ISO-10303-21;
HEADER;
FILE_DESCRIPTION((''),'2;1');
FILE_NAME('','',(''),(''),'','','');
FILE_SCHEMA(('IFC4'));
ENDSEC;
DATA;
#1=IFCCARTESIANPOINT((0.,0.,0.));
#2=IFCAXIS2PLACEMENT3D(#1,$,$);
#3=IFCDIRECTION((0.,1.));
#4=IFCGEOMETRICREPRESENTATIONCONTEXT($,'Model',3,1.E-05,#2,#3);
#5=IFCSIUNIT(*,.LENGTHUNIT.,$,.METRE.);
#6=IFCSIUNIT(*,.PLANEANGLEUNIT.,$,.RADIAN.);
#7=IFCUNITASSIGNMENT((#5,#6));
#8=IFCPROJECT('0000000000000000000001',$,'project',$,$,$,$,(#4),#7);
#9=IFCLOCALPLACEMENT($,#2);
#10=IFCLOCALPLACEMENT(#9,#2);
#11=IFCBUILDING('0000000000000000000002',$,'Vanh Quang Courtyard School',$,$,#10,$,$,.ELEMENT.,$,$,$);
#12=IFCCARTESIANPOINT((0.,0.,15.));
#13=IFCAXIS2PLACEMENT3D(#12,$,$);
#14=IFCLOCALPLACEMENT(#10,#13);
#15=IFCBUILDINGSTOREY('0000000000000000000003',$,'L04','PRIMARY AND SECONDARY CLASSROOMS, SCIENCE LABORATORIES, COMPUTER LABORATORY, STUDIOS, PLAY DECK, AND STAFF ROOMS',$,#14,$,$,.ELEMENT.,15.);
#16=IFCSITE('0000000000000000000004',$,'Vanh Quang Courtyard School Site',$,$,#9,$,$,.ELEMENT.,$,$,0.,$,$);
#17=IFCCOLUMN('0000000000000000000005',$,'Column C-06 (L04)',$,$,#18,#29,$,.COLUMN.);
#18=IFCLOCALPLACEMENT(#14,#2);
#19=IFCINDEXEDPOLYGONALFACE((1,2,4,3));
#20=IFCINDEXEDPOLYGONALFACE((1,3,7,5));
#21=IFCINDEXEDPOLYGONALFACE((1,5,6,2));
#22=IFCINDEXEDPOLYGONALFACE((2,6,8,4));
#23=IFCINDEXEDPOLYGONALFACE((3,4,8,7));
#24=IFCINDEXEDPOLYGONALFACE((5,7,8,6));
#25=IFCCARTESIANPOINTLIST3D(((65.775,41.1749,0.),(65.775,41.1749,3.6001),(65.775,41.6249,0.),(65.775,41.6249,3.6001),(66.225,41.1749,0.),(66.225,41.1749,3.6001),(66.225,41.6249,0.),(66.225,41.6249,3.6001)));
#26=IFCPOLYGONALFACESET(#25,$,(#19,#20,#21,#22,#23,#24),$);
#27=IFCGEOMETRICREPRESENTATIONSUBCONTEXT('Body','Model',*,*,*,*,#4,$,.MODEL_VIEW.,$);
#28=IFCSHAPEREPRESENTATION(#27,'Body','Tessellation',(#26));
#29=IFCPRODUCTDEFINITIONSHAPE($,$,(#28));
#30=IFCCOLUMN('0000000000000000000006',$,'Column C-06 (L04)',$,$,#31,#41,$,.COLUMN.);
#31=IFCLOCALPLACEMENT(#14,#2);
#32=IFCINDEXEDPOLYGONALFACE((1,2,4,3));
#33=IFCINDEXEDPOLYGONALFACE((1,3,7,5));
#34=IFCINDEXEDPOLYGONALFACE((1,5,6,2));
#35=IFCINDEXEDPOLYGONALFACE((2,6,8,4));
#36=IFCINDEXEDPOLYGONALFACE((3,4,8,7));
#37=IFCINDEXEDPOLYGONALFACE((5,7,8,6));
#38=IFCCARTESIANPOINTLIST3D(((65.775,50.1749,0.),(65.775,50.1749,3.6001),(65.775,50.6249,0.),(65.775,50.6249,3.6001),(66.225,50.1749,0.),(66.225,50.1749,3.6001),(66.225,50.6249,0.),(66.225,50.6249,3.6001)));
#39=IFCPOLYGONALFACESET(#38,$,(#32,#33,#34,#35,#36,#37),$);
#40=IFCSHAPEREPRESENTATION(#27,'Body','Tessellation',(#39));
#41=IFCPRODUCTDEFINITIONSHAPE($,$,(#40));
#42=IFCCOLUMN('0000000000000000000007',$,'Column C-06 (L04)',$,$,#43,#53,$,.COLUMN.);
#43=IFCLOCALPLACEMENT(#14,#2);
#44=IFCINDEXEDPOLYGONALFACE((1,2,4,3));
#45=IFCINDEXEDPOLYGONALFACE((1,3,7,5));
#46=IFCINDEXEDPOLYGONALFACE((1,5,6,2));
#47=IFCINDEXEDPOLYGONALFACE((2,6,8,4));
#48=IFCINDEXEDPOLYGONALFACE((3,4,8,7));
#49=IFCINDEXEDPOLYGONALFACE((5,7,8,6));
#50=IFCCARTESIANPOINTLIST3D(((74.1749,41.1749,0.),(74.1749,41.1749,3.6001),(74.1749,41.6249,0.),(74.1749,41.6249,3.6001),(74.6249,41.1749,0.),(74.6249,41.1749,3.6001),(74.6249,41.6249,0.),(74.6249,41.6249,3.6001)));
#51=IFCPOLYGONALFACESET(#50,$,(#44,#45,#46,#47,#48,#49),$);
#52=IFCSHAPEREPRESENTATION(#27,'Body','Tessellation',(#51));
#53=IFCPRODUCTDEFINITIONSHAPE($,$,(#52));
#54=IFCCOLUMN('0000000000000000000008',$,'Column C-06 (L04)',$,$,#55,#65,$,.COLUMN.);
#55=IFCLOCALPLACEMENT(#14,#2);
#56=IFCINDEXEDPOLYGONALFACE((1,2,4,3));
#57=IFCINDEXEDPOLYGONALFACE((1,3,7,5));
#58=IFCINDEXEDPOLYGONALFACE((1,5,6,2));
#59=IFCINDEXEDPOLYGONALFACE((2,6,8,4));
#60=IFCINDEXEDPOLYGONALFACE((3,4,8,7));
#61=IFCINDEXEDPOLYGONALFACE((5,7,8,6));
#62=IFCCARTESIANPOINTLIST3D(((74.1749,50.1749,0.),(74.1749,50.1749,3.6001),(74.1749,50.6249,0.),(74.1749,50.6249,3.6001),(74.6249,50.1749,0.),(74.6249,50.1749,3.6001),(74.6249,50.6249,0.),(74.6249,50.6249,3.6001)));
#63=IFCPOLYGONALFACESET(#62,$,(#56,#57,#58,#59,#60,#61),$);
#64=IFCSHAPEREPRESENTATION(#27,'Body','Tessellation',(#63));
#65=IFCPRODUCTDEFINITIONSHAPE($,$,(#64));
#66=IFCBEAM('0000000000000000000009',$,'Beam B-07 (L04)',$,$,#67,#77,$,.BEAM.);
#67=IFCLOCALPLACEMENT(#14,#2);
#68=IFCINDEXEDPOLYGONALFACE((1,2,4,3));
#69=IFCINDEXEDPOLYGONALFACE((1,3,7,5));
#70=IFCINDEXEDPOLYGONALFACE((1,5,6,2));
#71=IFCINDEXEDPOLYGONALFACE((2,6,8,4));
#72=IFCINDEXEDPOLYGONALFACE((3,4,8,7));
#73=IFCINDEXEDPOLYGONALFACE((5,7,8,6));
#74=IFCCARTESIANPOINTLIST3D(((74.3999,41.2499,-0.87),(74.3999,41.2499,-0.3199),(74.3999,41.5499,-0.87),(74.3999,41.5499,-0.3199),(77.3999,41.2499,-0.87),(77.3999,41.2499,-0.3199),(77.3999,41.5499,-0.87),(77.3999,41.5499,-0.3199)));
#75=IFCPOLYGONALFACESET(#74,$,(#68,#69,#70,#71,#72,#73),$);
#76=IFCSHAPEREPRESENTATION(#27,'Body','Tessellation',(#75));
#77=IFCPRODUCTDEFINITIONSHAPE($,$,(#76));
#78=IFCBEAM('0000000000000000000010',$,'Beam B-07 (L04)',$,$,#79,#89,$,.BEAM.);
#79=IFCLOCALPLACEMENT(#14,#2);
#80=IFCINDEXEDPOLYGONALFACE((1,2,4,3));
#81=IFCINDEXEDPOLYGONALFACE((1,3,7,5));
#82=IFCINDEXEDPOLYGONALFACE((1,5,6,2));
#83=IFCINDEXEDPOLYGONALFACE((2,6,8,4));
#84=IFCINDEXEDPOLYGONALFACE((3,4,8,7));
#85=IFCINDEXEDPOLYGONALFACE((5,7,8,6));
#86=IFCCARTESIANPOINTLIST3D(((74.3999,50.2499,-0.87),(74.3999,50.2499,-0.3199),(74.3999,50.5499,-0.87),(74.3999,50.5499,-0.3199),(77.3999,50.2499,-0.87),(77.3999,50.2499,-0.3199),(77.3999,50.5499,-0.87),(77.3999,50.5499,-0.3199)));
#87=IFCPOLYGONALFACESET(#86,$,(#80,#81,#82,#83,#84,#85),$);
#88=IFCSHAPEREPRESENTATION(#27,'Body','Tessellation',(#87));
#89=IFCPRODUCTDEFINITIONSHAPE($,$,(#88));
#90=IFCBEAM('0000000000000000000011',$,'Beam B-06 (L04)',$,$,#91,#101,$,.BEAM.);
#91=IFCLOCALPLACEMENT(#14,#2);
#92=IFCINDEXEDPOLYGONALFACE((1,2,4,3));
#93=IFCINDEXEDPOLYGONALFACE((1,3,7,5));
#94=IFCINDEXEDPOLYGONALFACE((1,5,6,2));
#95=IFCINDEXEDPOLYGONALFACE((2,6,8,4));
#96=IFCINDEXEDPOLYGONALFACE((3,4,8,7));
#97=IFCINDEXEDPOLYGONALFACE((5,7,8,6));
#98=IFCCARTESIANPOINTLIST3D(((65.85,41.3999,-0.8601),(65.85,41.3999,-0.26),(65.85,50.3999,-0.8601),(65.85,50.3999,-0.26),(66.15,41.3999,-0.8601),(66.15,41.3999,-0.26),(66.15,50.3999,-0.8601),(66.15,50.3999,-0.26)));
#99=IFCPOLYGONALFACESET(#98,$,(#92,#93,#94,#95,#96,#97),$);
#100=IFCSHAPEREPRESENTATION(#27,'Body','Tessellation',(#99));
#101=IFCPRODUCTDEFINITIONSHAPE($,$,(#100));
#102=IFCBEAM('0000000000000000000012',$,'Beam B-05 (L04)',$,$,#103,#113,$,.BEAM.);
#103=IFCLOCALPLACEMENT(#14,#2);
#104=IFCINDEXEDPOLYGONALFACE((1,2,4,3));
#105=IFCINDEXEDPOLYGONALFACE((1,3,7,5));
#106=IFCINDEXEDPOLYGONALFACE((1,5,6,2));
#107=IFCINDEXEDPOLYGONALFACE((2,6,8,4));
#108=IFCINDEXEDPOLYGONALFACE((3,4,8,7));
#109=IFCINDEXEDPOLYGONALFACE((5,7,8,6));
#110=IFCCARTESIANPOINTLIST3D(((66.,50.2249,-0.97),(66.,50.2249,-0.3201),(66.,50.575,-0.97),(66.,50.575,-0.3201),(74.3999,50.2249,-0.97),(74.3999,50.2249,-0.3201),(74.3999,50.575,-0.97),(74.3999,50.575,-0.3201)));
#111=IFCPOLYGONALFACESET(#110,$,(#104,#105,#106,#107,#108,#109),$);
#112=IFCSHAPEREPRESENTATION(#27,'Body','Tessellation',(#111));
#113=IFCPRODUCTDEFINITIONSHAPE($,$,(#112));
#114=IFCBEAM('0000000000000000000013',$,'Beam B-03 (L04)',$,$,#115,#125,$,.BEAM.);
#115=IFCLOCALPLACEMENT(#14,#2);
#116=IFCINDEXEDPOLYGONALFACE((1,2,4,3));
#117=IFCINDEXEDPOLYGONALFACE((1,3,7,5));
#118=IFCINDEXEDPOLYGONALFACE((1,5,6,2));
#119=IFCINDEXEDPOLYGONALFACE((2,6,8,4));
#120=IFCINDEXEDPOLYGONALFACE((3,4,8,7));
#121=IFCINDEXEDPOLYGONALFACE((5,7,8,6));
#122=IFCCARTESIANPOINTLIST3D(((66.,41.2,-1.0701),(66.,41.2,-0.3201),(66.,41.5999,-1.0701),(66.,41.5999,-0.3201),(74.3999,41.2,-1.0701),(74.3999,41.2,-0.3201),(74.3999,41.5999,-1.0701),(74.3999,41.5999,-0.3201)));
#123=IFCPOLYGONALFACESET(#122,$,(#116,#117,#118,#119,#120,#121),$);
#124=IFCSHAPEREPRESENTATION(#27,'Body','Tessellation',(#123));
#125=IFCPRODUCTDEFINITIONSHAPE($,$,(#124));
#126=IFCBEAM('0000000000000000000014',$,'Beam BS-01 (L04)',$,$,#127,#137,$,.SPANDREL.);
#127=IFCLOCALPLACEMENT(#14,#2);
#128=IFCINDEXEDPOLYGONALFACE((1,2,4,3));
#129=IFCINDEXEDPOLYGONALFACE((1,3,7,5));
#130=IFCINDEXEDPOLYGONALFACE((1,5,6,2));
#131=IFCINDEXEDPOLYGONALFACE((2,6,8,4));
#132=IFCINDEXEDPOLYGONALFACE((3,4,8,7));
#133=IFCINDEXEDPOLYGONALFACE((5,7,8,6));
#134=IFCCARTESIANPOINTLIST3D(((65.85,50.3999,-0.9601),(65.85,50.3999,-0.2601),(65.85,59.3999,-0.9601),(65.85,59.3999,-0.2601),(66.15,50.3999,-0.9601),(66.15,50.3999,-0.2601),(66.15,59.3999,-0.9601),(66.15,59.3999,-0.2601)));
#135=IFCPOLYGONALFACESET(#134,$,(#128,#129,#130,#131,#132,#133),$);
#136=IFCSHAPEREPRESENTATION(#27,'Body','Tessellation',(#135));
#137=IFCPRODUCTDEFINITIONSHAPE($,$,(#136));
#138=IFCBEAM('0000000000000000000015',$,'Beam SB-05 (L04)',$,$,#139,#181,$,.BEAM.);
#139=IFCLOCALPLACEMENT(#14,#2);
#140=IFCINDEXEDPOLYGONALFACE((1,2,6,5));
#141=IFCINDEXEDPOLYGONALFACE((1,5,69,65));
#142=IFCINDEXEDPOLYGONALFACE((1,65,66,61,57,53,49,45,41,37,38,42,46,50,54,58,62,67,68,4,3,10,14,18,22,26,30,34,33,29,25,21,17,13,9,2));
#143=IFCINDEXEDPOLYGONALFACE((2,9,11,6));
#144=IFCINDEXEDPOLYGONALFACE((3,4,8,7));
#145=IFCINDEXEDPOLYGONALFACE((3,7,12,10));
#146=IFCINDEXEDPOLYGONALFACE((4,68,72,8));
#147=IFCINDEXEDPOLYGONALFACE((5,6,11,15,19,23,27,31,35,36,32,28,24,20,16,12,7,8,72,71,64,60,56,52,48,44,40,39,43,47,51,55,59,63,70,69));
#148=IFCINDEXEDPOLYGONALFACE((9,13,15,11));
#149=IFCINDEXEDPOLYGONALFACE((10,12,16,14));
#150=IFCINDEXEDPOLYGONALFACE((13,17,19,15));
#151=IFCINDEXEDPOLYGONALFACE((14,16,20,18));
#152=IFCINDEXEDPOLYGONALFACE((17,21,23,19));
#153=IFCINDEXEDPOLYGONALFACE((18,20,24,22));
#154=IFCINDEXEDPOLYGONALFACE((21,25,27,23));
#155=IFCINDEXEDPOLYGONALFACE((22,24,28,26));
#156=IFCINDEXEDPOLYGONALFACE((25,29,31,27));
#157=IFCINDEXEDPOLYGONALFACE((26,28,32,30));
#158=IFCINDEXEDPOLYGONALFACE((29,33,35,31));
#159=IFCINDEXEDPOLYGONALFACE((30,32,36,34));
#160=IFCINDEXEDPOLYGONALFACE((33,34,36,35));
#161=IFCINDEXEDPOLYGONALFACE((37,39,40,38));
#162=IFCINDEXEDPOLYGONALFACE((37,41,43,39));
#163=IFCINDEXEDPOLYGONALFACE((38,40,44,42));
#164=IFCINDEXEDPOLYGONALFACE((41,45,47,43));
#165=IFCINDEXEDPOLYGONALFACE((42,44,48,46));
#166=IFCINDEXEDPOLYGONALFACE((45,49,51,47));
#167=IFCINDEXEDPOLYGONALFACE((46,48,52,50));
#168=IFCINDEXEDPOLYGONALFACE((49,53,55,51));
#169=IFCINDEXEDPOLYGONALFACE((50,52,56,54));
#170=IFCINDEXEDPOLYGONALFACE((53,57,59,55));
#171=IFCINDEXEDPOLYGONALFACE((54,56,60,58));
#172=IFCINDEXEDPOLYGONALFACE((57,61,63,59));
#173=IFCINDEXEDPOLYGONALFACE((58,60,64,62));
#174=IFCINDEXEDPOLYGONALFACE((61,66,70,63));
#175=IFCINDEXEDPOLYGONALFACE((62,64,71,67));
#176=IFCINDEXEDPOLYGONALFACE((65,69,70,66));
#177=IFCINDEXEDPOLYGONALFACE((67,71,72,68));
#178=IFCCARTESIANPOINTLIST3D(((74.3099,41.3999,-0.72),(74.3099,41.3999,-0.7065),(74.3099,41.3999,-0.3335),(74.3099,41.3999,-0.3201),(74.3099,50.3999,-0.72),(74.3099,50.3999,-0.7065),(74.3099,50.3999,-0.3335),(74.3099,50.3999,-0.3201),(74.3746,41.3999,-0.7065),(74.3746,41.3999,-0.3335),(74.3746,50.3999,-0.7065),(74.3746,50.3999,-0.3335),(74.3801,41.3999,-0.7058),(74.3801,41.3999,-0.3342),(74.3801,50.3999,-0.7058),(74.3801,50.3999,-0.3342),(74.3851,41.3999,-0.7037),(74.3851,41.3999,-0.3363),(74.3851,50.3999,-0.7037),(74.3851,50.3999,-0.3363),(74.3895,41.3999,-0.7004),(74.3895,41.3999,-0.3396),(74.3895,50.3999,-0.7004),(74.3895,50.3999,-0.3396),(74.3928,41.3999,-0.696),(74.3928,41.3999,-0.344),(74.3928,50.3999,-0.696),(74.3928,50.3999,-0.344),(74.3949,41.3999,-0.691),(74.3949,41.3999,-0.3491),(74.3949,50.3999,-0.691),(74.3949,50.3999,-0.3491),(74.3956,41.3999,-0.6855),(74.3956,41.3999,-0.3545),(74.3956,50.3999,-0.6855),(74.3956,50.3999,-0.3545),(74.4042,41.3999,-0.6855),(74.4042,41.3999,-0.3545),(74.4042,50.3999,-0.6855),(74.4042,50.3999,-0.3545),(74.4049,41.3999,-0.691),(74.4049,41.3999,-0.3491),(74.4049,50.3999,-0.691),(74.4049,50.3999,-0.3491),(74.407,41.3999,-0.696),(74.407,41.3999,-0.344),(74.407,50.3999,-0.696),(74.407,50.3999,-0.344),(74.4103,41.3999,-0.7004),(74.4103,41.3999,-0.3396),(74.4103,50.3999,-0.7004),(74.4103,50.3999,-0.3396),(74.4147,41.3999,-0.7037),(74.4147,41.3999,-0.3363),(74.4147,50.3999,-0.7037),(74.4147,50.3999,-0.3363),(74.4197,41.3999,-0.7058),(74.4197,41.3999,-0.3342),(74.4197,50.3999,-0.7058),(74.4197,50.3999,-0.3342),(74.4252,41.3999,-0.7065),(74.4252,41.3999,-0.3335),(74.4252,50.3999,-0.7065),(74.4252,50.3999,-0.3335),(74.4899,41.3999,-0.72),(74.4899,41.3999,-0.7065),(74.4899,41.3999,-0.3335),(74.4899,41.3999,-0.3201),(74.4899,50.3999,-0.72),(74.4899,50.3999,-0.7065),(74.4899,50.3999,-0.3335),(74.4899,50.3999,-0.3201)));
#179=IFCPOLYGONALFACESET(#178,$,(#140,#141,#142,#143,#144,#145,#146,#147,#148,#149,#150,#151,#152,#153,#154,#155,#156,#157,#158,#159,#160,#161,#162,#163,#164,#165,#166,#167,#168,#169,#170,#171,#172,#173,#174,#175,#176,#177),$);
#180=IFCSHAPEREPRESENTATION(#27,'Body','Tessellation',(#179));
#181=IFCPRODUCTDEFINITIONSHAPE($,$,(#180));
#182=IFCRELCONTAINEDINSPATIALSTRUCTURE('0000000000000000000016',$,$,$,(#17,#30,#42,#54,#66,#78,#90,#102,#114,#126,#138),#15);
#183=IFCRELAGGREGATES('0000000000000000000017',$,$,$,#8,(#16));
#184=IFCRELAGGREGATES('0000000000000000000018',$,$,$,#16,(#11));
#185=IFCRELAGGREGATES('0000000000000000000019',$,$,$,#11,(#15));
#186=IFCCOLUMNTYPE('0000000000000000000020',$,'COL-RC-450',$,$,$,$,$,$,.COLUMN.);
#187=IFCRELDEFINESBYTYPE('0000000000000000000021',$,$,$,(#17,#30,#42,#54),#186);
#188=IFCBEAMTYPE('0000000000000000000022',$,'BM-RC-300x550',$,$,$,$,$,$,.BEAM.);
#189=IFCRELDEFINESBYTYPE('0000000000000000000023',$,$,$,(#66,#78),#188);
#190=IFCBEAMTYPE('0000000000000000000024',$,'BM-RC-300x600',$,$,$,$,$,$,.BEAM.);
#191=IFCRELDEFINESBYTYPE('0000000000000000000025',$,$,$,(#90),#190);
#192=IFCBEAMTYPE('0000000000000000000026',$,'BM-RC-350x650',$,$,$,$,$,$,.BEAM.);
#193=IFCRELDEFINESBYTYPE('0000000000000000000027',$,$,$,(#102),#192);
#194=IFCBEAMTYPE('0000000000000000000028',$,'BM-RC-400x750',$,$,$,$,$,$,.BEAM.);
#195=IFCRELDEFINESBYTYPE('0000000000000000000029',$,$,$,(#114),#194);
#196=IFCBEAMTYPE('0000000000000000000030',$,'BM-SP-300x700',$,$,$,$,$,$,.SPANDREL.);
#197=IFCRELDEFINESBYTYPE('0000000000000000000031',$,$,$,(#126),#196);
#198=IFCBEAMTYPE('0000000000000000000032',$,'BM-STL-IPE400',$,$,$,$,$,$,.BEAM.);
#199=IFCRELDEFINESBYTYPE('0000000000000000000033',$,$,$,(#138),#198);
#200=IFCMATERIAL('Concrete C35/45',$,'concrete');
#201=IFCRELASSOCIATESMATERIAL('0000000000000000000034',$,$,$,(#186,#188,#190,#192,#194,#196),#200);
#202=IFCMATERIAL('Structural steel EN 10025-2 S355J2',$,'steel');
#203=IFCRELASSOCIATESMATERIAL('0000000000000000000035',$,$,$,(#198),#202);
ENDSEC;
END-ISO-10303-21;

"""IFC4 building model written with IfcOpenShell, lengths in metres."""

from ifc_helpers import new_model, si_unit, direction, frame, origin, origin_2d, place, context, subcontext, project, spatial, rectangle, i_section, extrude, material, material_profile, profile_set, type_object, element, save


model = new_model("IFC4")

# Units and contexts
model_context = context("Model", 3, precision=1e-05, world=origin(), true_north=direction((0.0, 1.0)))
body_context = subcontext(model_context, "Body", "Model", "MODEL_VIEW")
ifc_project = project(units=[si_unit("LENGTHUNIT", "METRE"), si_unit("PLANEANGLEUNIT", "RADIAN")], contexts=[model_context])

# Site, building, storey
site_placement = place(None, origin())
site = spatial("IfcSite", under=ifc_project, at=site_placement, Name="Vanh Quang Courtyard School Site", CompositionType="ELEMENT", RefElevation=0.0)
building_placement = place(site_placement, origin())
building = spatial("IfcBuilding", under=site, at=building_placement, Name="Vanh Quang Courtyard School", CompositionType="ELEMENT")
storey_placement = place(building_placement, frame((0.0, 0.0, 15.0)))
storey = spatial("IfcBuildingStorey", under=building, at=storey_placement, Name="L04", Description="PRIMARY AND SECONDARY CLASSROOMS, SCIENCE LABORATORIES, COMPUTER LABORATORY, STUDIOS, PLAY DECK, AND STAFF ROOMS", CompositionType="ELEMENT", Elevation=15.0)

# Columns
ifc_material_1 = material(Name="Concrete C35/45", Category="concrete")
ifc_material_profile_1 = material_profile(ifc_material_1, rectangle(XDim=0.45, YDim=0.45, at=origin_2d()), Name="RC-COL 450x450")
ifc_profile_set_1 = profile_set([ifc_material_profile_1], Name="Concrete C35/45")
column_type = type_object("IfcColumnType", Name="COL-RC-450", PredefinedType="COLUMN", material=ifc_profile_set_1)
for number, where, z_axis, x_axis, name in (
    (1, (66.0, 41.3999, 0.0), (0.0, 0.0, 1.0), (1.0, 0.0, 0.0), "Column C-06 (L04)"),
    (2, (66.0, 50.3999, 0.0), (0.0, 0.0, 1.0), (1.0, 0.0, 0.0), "Column C-06 (L04)"),
    (3, (74.3999, 41.3999, 0.0), (0.0, 0.0, 1.0), (1.0, 0.0, 0.0), "Column C-06 (L04)"),
    (4, (74.3999, 50.3999, 0.0), (0.0, 0.0, 1.0), (1.0, 0.0, 0.0), "Column C-06 (L04)"),
):
    element("IfcColumn", number, at=place(storey_placement, frame(where, z_axis=z_axis, x_axis=x_axis)), inside=storey, type_object=column_type, Name=name, PredefinedType="COLUMN", context=body_context, shape_type="SweptSolid", body=[
        extrude(rectangle(XDim=0.45, YDim=0.45, at=origin_2d()), origin(), (0.0, 0.0, 1.0), 3.6001),
    ])

# Beams
ifc_material_profile_2 = material_profile(ifc_material_1, rectangle(XDim=0.3, YDim=0.55, at=origin_2d()), Name="RC-BM 300x550")
ifc_profile_set_2 = profile_set([ifc_material_profile_2], Name="Concrete C35/45")
beam_type_1 = type_object("IfcBeamType", Name="BM-RC-300x550", PredefinedType="BEAM", material=ifc_profile_set_2)
for number, where, z_axis, x_axis, name in (
    (5, (74.3999, 41.3999, -0.595), (1.0, 0.0, 0.0), (0.0, 1.0, 0.0), "Beam B-07 (L04)"),
    (6, (74.3999, 50.3999, -0.595), (1.0, 0.0, 0.0), (0.0, 1.0, 0.0), "Beam B-07 (L04)"),
):
    element("IfcBeam", number, at=place(storey_placement, frame(where, z_axis=z_axis, x_axis=x_axis)), inside=storey, type_object=beam_type_1, Name=name, PredefinedType="BEAM", context=body_context, shape_type="SweptSolid", body=[
        extrude(rectangle(XDim=0.3, YDim=0.55, at=origin_2d()), origin(), (0.0, 0.0, 1.0), 3.0),
    ])
ifc_material_profile_3 = material_profile(ifc_material_1, rectangle(XDim=0.3, YDim=0.6001, at=origin_2d()), Name="RC-BM 300x600")
ifc_profile_set_3 = profile_set([ifc_material_profile_3], Name="Concrete C35/45")
beam_type_2 = type_object("IfcBeamType", Name="BM-RC-300x600", PredefinedType="BEAM", material=ifc_profile_set_3)
beam_1_placement = place(storey_placement, frame((66.0, 41.3999, -0.5601), z_axis=(0.0, 1.0, 0.0), x_axis=(-1.0, 0.0, 0.0)))
element("IfcBeam", 7, at=beam_1_placement, inside=storey, type_object=beam_type_2, Name="Beam B-06 (L04)", PredefinedType="BEAM", context=body_context, shape_type="SweptSolid", body=[
    extrude(rectangle(XDim=0.3, YDim=0.6001, at=origin_2d()), origin(), (0.0, 0.0, 1.0), 9.0),
])
ifc_material_profile_4 = material_profile(ifc_material_1, rectangle(XDim=0.3501, YDim=0.6499, at=origin_2d()), Name="RC-BM 350x650")
ifc_profile_set_4 = profile_set([ifc_material_profile_4], Name="Concrete C35/45")
beam_type_3 = type_object("IfcBeamType", Name="BM-RC-350x650", PredefinedType="BEAM", material=ifc_profile_set_4)
beam_2_placement = place(storey_placement, frame((66.0, 50.3999, -0.645), z_axis=(1.0, 0.0, 0.0), x_axis=(0.0, 1.0, 0.0)))
element("IfcBeam", 8, at=beam_2_placement, inside=storey, type_object=beam_type_3, Name="Beam B-05 (L04)", PredefinedType="BEAM", context=body_context, shape_type="SweptSolid", body=[
    extrude(rectangle(XDim=0.3501, YDim=0.6499, at=origin_2d()), origin(), (0.0, 0.0, 1.0), 8.3999),
])
ifc_material_profile_5 = material_profile(ifc_material_1, rectangle(XDim=0.3999, YDim=0.75, at=origin_2d()), Name="RC-BM 400x750")
ifc_profile_set_5 = profile_set([ifc_material_profile_5], Name="Concrete C35/45")
beam_type_4 = type_object("IfcBeamType", Name="BM-RC-400x750", PredefinedType="BEAM", material=ifc_profile_set_5)
beam_3_placement = place(storey_placement, frame((66.0, 41.3999, -0.6951), z_axis=(1.0, 0.0, 0.0), x_axis=(0.0, 1.0, 0.0)))
element("IfcBeam", 9, at=beam_3_placement, inside=storey, type_object=beam_type_4, Name="Beam B-03 (L04)", PredefinedType="BEAM", context=body_context, shape_type="SweptSolid", body=[
    extrude(rectangle(XDim=0.3999, YDim=0.75, at=origin_2d()), origin(), (0.0, 0.0, 1.0), 8.3999),
])
ifc_material_profile_6 = material_profile(ifc_material_1, rectangle(XDim=0.3, YDim=0.7, at=origin_2d()), Name="RC-SP 300x700")
ifc_profile_set_6 = profile_set([ifc_material_profile_6], Name="Concrete C35/45")
beam_type_5 = type_object("IfcBeamType", Name="BM-SP-300x700", PredefinedType="SPANDREL", material=ifc_profile_set_6)
beam_4_placement = place(storey_placement, frame((66.0, 50.3999, -0.6101), z_axis=(0.0, 1.0, 0.0), x_axis=(-1.0, 0.0, 0.0)))
element("IfcBeam", 10, at=beam_4_placement, inside=storey, type_object=beam_type_5, Name="Beam BS-01 (L04)", PredefinedType="SPANDREL", context=body_context, shape_type="SweptSolid", body=[
    extrude(rectangle(XDim=0.3, YDim=0.7, at=origin_2d()), origin(), (0.0, 0.0, 1.0), 9.0),
])
ifc_material_2 = material(Name="Structural steel EN 10025-2 S355J2", Category="steel")
ifc_material_profile_7 = material_profile(ifc_material_2, i_section(OverallWidth=0.1799, OverallDepth=0.3999, WebThickness=0.0085, FlangeThickness=0.0134, FilletRadius=0.021, at=origin_2d()), Name="IPE 400")
ifc_profile_set_7 = profile_set([ifc_material_profile_7], Name="Structural steel EN 10025-2 S355J2")
beam_type_6 = type_object("IfcBeamType", Name="BM-STL-IPE400", PredefinedType="BEAM", material=ifc_profile_set_7)
for number, where, z_axis, x_axis, name in (
    (11, (74.3999, 41.3999, -0.52), (0.0, 1.0, 0.0), (-1.0, 0.0, 0.0), "Beam SB-05 (L04)"),
):
    element("IfcBeam", number, at=place(storey_placement, frame(where, z_axis=z_axis, x_axis=x_axis)), inside=storey, type_object=beam_type_6, Name=name, PredefinedType="BEAM", context=body_context, shape_type="SweptSolid", body=[
        extrude(i_section(OverallWidth=0.1799, OverallDepth=0.3999, WebThickness=0.0085, FlangeThickness=0.0134, FilletRadius=0.021, at=origin_2d()), origin(), (0.0, 0.0, 1.0), 9.0),
    ])

save(model, "model.ifc")
